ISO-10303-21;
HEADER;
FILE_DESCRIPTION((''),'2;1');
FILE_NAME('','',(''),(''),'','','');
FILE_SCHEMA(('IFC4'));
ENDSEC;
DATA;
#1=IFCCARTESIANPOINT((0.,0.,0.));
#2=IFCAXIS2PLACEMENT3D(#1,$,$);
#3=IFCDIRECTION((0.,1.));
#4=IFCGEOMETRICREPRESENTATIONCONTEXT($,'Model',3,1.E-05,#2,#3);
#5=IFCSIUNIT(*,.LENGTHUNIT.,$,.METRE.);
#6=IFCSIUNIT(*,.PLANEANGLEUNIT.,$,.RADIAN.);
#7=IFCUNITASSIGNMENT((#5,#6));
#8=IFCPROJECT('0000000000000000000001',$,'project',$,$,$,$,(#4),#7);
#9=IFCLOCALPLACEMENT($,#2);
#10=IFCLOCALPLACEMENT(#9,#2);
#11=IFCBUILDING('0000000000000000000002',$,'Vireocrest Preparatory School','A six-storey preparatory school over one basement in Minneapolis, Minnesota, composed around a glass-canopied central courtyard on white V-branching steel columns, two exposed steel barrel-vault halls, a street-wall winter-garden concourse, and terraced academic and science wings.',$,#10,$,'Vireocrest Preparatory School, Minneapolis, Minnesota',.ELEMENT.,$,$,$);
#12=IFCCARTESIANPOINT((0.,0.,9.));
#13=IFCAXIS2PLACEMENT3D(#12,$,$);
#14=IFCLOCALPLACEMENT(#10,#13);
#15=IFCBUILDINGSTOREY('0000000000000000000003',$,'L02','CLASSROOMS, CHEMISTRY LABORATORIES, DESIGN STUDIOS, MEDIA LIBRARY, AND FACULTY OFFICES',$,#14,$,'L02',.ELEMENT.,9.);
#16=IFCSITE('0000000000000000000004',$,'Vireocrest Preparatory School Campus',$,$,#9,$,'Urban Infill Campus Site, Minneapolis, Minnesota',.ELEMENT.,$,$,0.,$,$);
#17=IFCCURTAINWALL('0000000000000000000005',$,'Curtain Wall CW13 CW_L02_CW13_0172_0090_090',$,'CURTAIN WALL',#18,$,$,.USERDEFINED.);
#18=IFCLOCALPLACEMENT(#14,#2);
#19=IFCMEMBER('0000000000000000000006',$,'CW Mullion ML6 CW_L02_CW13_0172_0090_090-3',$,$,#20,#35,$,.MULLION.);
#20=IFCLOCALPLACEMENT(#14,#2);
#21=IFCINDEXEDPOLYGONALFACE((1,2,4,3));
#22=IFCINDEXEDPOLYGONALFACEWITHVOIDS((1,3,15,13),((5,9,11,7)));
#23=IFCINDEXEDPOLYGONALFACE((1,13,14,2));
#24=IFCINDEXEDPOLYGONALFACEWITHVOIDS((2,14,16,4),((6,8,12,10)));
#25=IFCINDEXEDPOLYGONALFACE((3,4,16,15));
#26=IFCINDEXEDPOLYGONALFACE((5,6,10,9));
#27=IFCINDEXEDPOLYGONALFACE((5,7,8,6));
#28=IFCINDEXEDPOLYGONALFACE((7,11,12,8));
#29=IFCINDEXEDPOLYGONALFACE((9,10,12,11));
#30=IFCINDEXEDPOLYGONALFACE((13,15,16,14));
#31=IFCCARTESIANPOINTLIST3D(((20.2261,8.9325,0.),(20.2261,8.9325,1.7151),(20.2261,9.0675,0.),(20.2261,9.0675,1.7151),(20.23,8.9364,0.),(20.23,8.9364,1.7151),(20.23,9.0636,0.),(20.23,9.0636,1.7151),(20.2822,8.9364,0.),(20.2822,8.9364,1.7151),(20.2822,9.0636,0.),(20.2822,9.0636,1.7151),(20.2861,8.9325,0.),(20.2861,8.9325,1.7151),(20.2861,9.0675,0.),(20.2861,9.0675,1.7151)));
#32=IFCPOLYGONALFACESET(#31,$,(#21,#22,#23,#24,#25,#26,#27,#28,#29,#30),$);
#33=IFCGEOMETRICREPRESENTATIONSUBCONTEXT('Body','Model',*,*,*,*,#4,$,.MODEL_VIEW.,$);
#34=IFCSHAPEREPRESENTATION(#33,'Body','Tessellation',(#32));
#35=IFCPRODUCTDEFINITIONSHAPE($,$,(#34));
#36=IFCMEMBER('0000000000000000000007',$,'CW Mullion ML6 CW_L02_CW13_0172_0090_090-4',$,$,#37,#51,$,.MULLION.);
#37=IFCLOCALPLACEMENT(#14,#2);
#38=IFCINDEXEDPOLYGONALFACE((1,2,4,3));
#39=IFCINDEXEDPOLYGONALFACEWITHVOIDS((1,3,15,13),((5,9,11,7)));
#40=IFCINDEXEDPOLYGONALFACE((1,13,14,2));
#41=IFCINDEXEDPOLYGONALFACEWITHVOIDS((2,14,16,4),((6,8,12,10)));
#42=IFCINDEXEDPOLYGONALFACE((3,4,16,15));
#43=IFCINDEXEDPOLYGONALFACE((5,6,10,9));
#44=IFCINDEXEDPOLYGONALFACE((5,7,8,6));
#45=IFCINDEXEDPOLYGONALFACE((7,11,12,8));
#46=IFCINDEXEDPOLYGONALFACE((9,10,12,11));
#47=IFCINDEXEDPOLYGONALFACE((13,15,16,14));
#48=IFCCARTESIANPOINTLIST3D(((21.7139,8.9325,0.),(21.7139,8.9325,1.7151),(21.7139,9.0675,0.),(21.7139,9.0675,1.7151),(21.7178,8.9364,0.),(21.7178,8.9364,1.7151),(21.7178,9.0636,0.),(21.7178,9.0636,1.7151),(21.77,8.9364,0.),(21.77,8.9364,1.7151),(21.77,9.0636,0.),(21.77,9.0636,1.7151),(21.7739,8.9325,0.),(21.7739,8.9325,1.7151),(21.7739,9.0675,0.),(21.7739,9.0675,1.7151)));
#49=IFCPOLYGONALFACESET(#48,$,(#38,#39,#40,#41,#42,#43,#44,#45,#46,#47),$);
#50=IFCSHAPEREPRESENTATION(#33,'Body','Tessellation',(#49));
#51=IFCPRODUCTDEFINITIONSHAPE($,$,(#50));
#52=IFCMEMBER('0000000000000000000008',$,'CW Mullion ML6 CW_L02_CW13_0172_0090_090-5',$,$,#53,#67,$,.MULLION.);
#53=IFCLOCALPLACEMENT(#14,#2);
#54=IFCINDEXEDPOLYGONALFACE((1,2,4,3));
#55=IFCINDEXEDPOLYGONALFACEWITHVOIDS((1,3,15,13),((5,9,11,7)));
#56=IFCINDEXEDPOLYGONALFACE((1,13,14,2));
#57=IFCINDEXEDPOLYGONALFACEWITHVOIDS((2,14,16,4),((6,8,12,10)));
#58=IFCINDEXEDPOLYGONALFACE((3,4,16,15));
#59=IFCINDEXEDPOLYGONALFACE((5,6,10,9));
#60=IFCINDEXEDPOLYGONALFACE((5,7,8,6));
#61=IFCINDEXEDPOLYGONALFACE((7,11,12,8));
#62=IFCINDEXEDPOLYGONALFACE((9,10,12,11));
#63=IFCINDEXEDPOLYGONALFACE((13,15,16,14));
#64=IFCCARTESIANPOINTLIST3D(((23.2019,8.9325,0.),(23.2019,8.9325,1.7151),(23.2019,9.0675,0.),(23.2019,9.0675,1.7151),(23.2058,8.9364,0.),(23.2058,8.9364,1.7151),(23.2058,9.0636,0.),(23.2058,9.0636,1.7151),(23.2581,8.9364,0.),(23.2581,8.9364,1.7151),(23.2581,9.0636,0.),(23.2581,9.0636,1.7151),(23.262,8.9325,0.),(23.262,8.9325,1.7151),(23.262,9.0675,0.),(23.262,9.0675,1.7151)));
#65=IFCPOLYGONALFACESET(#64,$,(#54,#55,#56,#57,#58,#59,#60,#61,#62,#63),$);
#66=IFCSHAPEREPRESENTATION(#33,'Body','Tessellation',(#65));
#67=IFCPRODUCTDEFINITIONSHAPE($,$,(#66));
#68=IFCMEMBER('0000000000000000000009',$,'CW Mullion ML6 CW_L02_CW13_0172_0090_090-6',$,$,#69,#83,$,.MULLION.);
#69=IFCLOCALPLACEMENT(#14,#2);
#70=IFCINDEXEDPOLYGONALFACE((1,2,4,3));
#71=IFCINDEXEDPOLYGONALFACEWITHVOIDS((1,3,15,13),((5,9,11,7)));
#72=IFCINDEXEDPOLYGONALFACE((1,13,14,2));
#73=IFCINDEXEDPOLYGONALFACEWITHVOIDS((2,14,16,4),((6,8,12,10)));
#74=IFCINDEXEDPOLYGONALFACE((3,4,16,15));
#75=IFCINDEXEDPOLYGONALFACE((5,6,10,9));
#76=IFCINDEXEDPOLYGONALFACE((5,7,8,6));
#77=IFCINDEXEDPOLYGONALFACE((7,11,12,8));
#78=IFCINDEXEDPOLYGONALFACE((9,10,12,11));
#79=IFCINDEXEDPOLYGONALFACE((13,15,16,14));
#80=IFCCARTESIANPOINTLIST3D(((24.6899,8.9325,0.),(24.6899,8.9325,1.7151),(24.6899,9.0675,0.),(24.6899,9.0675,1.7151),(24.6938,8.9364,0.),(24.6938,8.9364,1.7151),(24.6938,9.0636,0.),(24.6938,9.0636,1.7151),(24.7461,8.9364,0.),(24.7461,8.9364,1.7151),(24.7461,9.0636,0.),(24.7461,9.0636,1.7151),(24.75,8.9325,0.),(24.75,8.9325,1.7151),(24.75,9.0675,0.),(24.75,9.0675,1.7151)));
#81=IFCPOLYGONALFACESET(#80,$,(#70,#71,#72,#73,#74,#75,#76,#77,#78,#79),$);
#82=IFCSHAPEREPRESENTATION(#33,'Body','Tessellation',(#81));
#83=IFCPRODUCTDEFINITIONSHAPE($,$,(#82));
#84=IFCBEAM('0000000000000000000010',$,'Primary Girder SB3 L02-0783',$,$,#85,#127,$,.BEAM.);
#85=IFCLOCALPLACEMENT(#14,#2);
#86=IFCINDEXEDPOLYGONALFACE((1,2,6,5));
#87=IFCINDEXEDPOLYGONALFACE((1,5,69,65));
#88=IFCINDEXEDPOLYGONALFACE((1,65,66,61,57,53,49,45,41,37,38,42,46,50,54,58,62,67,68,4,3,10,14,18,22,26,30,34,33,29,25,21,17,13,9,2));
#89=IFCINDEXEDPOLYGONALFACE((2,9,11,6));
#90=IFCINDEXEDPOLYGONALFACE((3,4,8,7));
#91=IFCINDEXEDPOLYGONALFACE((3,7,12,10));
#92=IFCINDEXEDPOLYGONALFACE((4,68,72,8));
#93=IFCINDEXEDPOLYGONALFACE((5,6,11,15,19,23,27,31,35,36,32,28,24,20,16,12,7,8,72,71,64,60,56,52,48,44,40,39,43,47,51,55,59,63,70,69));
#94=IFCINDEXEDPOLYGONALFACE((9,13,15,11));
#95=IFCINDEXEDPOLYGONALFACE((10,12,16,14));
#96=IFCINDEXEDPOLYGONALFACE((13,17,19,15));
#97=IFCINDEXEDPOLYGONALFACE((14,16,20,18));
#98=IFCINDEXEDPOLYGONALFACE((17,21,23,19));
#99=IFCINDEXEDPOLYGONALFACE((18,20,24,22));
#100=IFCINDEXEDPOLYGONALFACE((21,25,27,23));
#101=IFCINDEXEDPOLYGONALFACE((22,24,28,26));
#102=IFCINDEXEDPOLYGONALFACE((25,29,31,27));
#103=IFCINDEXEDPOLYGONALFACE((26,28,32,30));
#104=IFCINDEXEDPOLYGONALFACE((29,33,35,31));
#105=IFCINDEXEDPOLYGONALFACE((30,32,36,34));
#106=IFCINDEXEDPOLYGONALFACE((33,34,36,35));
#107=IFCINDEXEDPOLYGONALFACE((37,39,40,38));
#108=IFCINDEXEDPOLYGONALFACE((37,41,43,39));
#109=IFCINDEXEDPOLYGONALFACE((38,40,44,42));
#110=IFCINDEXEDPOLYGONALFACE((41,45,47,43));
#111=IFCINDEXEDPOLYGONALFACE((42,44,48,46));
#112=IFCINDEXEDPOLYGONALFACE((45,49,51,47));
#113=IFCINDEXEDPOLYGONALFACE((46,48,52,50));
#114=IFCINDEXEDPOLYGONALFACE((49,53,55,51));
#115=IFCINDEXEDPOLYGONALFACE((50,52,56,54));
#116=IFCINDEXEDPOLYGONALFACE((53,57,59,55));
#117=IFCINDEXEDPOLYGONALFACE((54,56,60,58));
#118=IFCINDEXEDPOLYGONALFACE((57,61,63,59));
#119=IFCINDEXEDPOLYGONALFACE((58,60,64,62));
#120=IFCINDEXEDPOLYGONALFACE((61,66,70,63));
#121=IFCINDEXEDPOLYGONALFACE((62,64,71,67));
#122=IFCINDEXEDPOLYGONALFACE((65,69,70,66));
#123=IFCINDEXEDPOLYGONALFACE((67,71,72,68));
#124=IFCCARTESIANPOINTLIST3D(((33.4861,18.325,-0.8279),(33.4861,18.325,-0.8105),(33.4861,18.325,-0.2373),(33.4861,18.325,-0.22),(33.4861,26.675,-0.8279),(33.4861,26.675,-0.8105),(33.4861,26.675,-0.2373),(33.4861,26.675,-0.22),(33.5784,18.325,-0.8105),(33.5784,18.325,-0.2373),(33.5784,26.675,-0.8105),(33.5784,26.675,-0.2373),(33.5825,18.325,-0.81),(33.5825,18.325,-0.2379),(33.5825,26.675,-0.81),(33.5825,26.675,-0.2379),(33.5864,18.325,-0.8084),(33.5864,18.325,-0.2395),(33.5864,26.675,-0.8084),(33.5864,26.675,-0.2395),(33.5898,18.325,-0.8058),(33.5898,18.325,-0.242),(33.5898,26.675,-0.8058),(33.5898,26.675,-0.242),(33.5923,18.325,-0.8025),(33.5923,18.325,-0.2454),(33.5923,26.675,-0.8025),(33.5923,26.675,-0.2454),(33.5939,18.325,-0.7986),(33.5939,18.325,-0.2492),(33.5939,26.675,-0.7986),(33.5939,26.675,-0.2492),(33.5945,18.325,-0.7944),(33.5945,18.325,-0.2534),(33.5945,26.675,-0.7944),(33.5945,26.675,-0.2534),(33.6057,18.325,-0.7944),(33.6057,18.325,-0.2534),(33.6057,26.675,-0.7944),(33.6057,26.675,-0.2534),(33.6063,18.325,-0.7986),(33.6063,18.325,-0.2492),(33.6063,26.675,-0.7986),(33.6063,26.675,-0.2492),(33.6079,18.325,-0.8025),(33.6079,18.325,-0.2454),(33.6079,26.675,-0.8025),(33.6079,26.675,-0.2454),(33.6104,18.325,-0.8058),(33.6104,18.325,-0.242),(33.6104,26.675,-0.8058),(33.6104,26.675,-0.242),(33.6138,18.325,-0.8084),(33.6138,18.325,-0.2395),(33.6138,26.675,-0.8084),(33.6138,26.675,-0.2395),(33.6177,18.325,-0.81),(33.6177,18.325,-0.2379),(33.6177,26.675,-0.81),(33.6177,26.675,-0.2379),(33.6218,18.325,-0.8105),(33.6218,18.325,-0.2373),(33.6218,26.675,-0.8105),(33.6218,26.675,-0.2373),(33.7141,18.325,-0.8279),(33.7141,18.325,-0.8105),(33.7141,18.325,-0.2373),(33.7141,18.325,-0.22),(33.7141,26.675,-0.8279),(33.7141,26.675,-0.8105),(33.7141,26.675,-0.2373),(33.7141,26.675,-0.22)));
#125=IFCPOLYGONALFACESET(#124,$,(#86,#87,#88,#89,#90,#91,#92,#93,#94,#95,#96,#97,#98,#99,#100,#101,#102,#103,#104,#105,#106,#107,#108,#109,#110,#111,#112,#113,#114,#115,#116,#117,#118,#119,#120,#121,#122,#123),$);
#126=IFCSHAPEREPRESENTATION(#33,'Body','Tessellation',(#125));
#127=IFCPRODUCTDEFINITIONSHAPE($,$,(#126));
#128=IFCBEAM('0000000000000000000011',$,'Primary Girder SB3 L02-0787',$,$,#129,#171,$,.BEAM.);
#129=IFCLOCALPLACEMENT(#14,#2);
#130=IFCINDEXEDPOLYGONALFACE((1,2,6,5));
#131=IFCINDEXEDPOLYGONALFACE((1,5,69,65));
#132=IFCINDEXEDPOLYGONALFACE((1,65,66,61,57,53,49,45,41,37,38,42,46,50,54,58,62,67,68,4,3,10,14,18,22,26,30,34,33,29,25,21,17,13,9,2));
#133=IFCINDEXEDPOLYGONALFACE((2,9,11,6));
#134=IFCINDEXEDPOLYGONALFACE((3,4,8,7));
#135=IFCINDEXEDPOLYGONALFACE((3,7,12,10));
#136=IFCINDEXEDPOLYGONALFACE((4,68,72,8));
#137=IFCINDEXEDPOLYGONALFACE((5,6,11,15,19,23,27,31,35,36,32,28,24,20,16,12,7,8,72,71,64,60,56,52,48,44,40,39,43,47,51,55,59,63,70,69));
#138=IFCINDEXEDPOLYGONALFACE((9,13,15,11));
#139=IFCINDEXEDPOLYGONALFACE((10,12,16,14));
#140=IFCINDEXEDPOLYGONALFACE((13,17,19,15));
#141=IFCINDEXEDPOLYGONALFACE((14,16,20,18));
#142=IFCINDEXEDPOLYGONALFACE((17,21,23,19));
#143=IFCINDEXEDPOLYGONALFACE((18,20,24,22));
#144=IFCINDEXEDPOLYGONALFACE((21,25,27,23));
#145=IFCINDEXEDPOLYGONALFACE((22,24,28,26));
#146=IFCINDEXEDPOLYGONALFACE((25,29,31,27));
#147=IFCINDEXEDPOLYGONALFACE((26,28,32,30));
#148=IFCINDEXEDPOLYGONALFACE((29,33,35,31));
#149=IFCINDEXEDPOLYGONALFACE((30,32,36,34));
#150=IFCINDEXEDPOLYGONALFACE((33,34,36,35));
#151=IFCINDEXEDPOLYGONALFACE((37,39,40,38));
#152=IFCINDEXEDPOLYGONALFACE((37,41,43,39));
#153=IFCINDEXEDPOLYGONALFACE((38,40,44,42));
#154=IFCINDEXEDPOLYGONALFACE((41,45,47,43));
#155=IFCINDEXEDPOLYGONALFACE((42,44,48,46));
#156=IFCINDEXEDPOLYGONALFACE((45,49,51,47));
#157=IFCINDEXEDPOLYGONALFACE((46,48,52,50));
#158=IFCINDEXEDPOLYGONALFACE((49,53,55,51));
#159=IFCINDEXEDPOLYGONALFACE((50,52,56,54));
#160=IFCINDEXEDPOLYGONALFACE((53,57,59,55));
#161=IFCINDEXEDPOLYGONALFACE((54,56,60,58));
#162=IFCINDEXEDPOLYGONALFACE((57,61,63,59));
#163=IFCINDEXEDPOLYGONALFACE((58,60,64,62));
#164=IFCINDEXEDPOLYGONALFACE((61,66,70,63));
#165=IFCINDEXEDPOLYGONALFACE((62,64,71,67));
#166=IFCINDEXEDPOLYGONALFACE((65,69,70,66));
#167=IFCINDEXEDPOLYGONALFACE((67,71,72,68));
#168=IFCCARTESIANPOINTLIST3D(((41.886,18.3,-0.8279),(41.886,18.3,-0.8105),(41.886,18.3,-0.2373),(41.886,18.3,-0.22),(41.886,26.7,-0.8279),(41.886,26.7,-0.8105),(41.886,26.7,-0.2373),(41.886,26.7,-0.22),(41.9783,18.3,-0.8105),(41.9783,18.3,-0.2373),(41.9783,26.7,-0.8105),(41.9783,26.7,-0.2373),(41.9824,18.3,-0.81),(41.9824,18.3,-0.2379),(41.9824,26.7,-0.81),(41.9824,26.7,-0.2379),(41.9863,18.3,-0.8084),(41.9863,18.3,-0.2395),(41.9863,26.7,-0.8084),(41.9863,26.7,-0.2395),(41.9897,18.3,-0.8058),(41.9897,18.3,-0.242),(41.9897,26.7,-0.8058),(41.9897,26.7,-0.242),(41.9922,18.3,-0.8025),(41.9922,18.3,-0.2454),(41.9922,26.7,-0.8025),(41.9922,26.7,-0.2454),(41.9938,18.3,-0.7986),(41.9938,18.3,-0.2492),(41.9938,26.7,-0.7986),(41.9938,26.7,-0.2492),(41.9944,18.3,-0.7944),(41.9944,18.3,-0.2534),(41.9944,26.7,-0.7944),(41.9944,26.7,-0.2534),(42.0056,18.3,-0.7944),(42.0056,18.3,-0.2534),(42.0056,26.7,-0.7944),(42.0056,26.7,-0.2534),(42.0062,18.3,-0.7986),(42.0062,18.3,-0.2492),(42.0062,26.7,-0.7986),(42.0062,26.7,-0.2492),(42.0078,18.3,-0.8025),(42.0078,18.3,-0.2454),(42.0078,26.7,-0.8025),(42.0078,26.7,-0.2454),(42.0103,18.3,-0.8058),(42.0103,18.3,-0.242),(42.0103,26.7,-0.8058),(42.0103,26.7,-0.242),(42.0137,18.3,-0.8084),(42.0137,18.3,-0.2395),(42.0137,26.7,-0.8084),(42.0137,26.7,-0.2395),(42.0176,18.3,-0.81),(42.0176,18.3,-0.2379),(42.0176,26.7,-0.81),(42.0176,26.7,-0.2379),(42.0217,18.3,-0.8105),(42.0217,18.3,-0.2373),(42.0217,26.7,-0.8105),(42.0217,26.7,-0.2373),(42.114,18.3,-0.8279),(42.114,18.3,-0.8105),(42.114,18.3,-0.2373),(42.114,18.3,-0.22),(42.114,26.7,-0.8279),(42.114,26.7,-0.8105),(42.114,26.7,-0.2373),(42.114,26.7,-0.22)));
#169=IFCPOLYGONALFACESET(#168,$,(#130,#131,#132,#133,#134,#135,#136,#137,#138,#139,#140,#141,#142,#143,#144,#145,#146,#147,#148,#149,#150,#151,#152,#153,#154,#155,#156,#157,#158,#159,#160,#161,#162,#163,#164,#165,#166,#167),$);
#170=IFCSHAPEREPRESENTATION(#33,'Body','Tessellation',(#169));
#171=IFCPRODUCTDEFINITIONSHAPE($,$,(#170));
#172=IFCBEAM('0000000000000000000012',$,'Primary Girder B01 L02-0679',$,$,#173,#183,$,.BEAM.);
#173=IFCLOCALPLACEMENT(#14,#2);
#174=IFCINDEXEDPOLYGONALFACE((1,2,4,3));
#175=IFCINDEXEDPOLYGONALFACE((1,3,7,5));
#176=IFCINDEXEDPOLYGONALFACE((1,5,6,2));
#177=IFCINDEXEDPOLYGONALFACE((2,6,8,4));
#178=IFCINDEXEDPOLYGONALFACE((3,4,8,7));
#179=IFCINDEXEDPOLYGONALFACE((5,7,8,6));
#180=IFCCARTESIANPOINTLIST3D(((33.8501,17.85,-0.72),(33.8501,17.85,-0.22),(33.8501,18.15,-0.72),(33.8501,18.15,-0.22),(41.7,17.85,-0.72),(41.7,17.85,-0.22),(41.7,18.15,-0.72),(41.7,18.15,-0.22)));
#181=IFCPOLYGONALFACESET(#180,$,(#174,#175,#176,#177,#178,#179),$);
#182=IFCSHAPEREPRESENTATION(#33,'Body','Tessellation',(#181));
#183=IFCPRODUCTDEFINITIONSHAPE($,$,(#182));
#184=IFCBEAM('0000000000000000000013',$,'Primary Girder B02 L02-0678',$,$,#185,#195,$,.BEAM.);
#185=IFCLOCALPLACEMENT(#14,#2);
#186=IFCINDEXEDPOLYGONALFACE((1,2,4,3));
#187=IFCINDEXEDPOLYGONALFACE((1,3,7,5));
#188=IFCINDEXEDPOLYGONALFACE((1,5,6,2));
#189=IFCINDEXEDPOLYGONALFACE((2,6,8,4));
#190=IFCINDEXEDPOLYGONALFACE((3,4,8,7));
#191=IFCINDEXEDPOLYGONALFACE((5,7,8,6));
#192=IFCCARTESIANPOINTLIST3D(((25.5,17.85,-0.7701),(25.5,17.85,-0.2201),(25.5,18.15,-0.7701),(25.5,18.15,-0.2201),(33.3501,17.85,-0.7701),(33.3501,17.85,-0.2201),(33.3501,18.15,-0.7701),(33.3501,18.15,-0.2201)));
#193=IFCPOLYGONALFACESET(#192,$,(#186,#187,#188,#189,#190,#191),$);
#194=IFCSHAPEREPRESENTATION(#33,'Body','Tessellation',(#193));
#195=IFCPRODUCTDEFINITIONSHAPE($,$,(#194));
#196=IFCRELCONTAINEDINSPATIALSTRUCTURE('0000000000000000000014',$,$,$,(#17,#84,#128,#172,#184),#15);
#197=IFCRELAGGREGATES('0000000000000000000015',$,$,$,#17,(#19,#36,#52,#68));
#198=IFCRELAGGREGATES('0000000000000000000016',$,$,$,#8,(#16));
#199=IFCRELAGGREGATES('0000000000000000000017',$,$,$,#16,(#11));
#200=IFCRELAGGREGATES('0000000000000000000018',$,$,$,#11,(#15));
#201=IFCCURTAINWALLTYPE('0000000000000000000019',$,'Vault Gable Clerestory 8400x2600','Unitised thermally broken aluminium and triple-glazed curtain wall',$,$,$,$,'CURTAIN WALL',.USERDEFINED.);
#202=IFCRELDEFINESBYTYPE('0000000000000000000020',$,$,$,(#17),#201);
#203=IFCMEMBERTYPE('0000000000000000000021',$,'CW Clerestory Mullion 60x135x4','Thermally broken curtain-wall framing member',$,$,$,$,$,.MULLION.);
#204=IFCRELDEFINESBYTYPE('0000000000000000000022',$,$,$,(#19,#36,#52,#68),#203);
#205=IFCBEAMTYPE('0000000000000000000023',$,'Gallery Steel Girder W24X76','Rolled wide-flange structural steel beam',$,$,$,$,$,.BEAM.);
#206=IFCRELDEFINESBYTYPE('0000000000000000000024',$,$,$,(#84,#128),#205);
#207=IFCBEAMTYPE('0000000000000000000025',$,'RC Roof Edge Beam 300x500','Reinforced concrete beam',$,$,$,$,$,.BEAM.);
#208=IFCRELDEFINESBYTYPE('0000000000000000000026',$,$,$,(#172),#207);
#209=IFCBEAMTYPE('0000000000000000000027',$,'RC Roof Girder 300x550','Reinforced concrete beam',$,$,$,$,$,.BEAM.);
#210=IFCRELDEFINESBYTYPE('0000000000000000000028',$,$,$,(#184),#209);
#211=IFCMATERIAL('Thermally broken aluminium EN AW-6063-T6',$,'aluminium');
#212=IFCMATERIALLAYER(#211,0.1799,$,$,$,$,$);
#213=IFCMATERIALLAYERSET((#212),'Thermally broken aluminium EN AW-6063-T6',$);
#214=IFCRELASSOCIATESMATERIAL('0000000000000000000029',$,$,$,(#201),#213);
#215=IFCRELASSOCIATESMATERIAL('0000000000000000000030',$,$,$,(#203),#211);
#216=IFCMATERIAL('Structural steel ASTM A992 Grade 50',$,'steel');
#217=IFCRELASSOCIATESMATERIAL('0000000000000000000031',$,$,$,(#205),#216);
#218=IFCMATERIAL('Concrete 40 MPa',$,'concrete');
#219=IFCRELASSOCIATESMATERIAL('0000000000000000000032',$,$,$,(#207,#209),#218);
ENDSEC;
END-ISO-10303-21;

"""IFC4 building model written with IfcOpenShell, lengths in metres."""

from ifc_helpers import new_model, si_unit, direction, frame, origin, origin_2d, place, context, subcontext, project, spatial, rectangle, hollow_rectangle, i_section, extrude, material, layer, layer_set, material_profile, profile_set, type_object, element, aggregate, save


model = new_model("IFC4")

# Units and contexts
model_context = context("Model", 3, precision=1e-05, world=origin(), true_north=direction((0.0, 1.0)))
body_context = subcontext(model_context, "Body", "Model", "MODEL_VIEW")
ifc_project = project(units=[si_unit("LENGTHUNIT", "METRE"), si_unit("PLANEANGLEUNIT", "RADIAN")], contexts=[model_context])

# Site, building, storey
site_placement = place(None, origin())
site = spatial("IfcSite", under=ifc_project, at=site_placement, Name="Vireocrest Preparatory School Campus", LongName="Urban Infill Campus Site, Minneapolis, Minnesota", CompositionType="ELEMENT", RefElevation=0.0)
building_placement = place(site_placement, origin())
building = spatial("IfcBuilding", under=site, at=building_placement, Name="Vireocrest Preparatory School", Description="A six-storey preparatory school over one basement in Minneapolis, Minnesota, composed around a glass-canopied central courtyard on white V-branching steel columns, two exposed steel barrel-vault halls, a street-wall winter-garden concourse, and terraced academic and science wings.", LongName="Vireocrest Preparatory School, Minneapolis, Minnesota", CompositionType="ELEMENT")
storey_placement = place(building_placement, frame((0.0, 0.0, 9.0)))
storey = spatial("IfcBuildingStorey", under=building, at=storey_placement, Name="L02", Description="CLASSROOMS, CHEMISTRY LABORATORIES, DESIGN STUDIOS, MEDIA LIBRARY, AND FACULTY OFFICES", LongName="L02", CompositionType="ELEMENT", Elevation=9.0)

# Curtain wall, members
ifc_material_1 = material(Name="Thermally broken aluminium EN AW-6063-T6", Category="aluminium")
ifc_layer_1 = layer(ifc_material_1, 0.1799)
ifc_layer_set_1 = layer_set([ifc_layer_1], Name="Thermally broken aluminium EN AW-6063-T6")
curtain_wall_type = type_object("IfcCurtainWallType", Name="Vault Gable Clerestory 8400x2600", Description="Unitised thermally broken aluminium and triple-glazed curtain wall", ElementType="CURTAIN WALL", PredefinedType="USERDEFINED", material=ifc_layer_set_1)
curtain_wall_placement = place(storey_placement, origin())
curtain_wall = element("IfcCurtainWall", 1, at=curtain_wall_placement, inside=storey, type_object=curtain_wall_type, Name="Curtain Wall CW13 CW_L02_CW13_0172_0090_090", ObjectType="CURTAIN WALL", PredefinedType="USERDEFINED")
ifc_material_profile_1 = material_profile(ifc_material_1, hollow_rectangle(XDim=0.0601, YDim=0.135, WallThickness=0.0039, at=origin_2d()), Name="ALU 60x135x4")
ifc_profile_set_1 = profile_set([ifc_material_profile_1], Name="Thermally broken aluminium EN AW-6063-T6")
member_type_1 = type_object("IfcMemberType", Name="CW Clerestory Mullion 60x135x4", Description="Thermally broken curtain-wall framing member", PredefinedType="MULLION", material=ifc_profile_set_1)
member_1_placement = place(storey_placement, frame((20.2561, 9.0, 0.0), z_axis=(0.0, 0.0, 1.0), x_axis=(1.0, 0.0, 0.0)))
member_1 = element("IfcMember", 2, at=member_1_placement, type_object=member_type_1, Name="CW Mullion ML6 CW_L02_CW13_0172_0090_090-3", PredefinedType="MULLION", context=body_context, shape_type="SweptSolid", body=[
    extrude(hollow_rectangle(XDim=0.0601, YDim=0.135, WallThickness=0.0039, at=origin_2d()), origin(), (0.0, 0.0, 1.0), 1.7151),
])
member_2_placement = place(storey_placement, frame((21.7439, 9.0, 0.0), z_axis=(0.0, 0.0, 1.0), x_axis=(1.0, 0.0, 0.0)))
member_2 = element("IfcMember", 3, at=member_2_placement, type_object=member_type_1, Name="CW Mullion ML6 CW_L02_CW13_0172_0090_090-4", PredefinedType="MULLION", context=body_context, shape_type="SweptSolid", body=[
    extrude(hollow_rectangle(XDim=0.0601, YDim=0.135, WallThickness=0.0039, at=origin_2d()), origin(), (0.0, 0.0, 1.0), 1.7151),
])
member_3_placement = place(storey_placement, frame((23.2319, 9.0, 0.0), z_axis=(0.0, 0.0, 1.0), x_axis=(1.0, 0.0, 0.0)))
member_3 = element("IfcMember", 4, at=member_3_placement, type_object=member_type_1, Name="CW Mullion ML6 CW_L02_CW13_0172_0090_090-5", PredefinedType="MULLION", context=body_context, shape_type="SweptSolid", body=[
    extrude(hollow_rectangle(XDim=0.0601, YDim=0.135, WallThickness=0.0039, at=origin_2d()), origin(), (0.0, 0.0, 1.0), 1.7151),
])
member_4_placement = place(storey_placement, frame((24.72, 9.0, 0.0), z_axis=(0.0, 0.0, 1.0), x_axis=(1.0, 0.0, 0.0)))
member_4 = element("IfcMember", 5, at=member_4_placement, type_object=member_type_1, Name="CW Mullion ML6 CW_L02_CW13_0172_0090_090-6", PredefinedType="MULLION", context=body_context, shape_type="SweptSolid", body=[
    extrude(hollow_rectangle(XDim=0.0601, YDim=0.135, WallThickness=0.0039, at=origin_2d()), origin(), (0.0, 0.0, 1.0), 1.7151),
])

# Beams
ifc_material_2 = material(Name="Structural steel ASTM A992 Grade 50", Category="steel")
ifc_material_profile_2 = material_profile(ifc_material_2, i_section(OverallWidth=0.228, OverallDepth=0.6079, WebThickness=0.0112, FlangeThickness=0.0173, FilletRadius=0.0161, at=origin_2d()), Name="W24X76")
ifc_profile_set_2 = profile_set([ifc_material_profile_2], Name="Structural steel ASTM A992 Grade 50")
beam_type_1 = type_object("IfcBeamType", Name="Gallery Steel Girder W24X76", Description="Rolled wide-flange structural steel beam", PredefinedType="BEAM", material=ifc_profile_set_2)
beam_1_placement = place(storey_placement, frame((33.6001, 18.325, -0.5239), z_axis=(0.0, 1.0, 0.0), x_axis=(-1.0, 0.0, 0.0)))
element("IfcBeam", 6, at=beam_1_placement, inside=storey, type_object=beam_type_1, Name="Primary Girder SB3 L02-0783", PredefinedType="BEAM", context=body_context, shape_type="SweptSolid", body=[
    extrude(i_section(OverallWidth=0.228, OverallDepth=0.6079, WebThickness=0.0112, FlangeThickness=0.0173, FilletRadius=0.0161, at=origin_2d()), origin(), (0.0, 0.0, 1.0), 8.3501),
])
beam_2_placement = place(storey_placement, frame((42.0, 18.3, -0.5239), z_axis=(0.0, 1.0, 0.0), x_axis=(-1.0, 0.0, 0.0)))
element("IfcBeam", 7, at=beam_2_placement, inside=storey, type_object=beam_type_1, Name="Primary Girder SB3 L02-0787", PredefinedType="BEAM", context=body_context, shape_type="SweptSolid", body=[
    extrude(i_section(OverallWidth=0.228, OverallDepth=0.6079, WebThickness=0.0112, FlangeThickness=0.0173, FilletRadius=0.0161, at=origin_2d()), origin(), (0.0, 0.0, 1.0), 8.3999),
])
ifc_material_3 = material(Name="Concrete 40 MPa", Category="concrete")
ifc_material_profile_3 = material_profile(ifc_material_3, rectangle(XDim=0.3, YDim=0.5, at=origin_2d()), Name="RC 300x500")
ifc_profile_set_3 = profile_set([ifc_material_profile_3], Name="Concrete 40 MPa")
beam_type_2 = type_object("IfcBeamType", Name="RC Roof Edge Beam 300x500", Description="Reinforced concrete beam", PredefinedType="BEAM", material=ifc_profile_set_3)
beam_3_placement = place(storey_placement, frame((33.8501, 18.0, -0.47), z_axis=(1.0, 0.0, 0.0), x_axis=(0.0, 1.0, 0.0)))
element("IfcBeam", 8, at=beam_3_placement, inside=storey, type_object=beam_type_2, Name="Primary Girder B01 L02-0679", PredefinedType="BEAM", context=body_context, shape_type="SweptSolid", body=[
    extrude(rectangle(XDim=0.3, YDim=0.5, at=origin_2d()), origin(), (0.0, 0.0, 1.0), 7.8499),
])
ifc_material_profile_4 = material_profile(ifc_material_3, rectangle(XDim=0.3, YDim=0.55, at=origin_2d()), Name="RC 300x550")
ifc_profile_set_4 = profile_set([ifc_material_profile_4], Name="Concrete 40 MPa")
beam_type_3 = type_object("IfcBeamType", Name="RC Roof Girder 300x550", Description="Reinforced concrete beam", PredefinedType="BEAM", material=ifc_profile_set_4)
beam_4_placement = place(storey_placement, frame((25.5, 18.0, -0.4951), z_axis=(1.0, 0.0, 0.0), x_axis=(0.0, 1.0, 0.0)))
element("IfcBeam", 9, at=beam_4_placement, inside=storey, type_object=beam_type_3, Name="Primary Girder B02 L02-0678", PredefinedType="BEAM", context=body_context, shape_type="SweptSolid", body=[
    extrude(rectangle(XDim=0.3, YDim=0.55, at=origin_2d()), origin(), (0.0, 0.0, 1.0), 7.8501),
])

aggregate(curtain_wall, [member_1, member_2, member_3, member_4])

save(model, "model.ifc")
